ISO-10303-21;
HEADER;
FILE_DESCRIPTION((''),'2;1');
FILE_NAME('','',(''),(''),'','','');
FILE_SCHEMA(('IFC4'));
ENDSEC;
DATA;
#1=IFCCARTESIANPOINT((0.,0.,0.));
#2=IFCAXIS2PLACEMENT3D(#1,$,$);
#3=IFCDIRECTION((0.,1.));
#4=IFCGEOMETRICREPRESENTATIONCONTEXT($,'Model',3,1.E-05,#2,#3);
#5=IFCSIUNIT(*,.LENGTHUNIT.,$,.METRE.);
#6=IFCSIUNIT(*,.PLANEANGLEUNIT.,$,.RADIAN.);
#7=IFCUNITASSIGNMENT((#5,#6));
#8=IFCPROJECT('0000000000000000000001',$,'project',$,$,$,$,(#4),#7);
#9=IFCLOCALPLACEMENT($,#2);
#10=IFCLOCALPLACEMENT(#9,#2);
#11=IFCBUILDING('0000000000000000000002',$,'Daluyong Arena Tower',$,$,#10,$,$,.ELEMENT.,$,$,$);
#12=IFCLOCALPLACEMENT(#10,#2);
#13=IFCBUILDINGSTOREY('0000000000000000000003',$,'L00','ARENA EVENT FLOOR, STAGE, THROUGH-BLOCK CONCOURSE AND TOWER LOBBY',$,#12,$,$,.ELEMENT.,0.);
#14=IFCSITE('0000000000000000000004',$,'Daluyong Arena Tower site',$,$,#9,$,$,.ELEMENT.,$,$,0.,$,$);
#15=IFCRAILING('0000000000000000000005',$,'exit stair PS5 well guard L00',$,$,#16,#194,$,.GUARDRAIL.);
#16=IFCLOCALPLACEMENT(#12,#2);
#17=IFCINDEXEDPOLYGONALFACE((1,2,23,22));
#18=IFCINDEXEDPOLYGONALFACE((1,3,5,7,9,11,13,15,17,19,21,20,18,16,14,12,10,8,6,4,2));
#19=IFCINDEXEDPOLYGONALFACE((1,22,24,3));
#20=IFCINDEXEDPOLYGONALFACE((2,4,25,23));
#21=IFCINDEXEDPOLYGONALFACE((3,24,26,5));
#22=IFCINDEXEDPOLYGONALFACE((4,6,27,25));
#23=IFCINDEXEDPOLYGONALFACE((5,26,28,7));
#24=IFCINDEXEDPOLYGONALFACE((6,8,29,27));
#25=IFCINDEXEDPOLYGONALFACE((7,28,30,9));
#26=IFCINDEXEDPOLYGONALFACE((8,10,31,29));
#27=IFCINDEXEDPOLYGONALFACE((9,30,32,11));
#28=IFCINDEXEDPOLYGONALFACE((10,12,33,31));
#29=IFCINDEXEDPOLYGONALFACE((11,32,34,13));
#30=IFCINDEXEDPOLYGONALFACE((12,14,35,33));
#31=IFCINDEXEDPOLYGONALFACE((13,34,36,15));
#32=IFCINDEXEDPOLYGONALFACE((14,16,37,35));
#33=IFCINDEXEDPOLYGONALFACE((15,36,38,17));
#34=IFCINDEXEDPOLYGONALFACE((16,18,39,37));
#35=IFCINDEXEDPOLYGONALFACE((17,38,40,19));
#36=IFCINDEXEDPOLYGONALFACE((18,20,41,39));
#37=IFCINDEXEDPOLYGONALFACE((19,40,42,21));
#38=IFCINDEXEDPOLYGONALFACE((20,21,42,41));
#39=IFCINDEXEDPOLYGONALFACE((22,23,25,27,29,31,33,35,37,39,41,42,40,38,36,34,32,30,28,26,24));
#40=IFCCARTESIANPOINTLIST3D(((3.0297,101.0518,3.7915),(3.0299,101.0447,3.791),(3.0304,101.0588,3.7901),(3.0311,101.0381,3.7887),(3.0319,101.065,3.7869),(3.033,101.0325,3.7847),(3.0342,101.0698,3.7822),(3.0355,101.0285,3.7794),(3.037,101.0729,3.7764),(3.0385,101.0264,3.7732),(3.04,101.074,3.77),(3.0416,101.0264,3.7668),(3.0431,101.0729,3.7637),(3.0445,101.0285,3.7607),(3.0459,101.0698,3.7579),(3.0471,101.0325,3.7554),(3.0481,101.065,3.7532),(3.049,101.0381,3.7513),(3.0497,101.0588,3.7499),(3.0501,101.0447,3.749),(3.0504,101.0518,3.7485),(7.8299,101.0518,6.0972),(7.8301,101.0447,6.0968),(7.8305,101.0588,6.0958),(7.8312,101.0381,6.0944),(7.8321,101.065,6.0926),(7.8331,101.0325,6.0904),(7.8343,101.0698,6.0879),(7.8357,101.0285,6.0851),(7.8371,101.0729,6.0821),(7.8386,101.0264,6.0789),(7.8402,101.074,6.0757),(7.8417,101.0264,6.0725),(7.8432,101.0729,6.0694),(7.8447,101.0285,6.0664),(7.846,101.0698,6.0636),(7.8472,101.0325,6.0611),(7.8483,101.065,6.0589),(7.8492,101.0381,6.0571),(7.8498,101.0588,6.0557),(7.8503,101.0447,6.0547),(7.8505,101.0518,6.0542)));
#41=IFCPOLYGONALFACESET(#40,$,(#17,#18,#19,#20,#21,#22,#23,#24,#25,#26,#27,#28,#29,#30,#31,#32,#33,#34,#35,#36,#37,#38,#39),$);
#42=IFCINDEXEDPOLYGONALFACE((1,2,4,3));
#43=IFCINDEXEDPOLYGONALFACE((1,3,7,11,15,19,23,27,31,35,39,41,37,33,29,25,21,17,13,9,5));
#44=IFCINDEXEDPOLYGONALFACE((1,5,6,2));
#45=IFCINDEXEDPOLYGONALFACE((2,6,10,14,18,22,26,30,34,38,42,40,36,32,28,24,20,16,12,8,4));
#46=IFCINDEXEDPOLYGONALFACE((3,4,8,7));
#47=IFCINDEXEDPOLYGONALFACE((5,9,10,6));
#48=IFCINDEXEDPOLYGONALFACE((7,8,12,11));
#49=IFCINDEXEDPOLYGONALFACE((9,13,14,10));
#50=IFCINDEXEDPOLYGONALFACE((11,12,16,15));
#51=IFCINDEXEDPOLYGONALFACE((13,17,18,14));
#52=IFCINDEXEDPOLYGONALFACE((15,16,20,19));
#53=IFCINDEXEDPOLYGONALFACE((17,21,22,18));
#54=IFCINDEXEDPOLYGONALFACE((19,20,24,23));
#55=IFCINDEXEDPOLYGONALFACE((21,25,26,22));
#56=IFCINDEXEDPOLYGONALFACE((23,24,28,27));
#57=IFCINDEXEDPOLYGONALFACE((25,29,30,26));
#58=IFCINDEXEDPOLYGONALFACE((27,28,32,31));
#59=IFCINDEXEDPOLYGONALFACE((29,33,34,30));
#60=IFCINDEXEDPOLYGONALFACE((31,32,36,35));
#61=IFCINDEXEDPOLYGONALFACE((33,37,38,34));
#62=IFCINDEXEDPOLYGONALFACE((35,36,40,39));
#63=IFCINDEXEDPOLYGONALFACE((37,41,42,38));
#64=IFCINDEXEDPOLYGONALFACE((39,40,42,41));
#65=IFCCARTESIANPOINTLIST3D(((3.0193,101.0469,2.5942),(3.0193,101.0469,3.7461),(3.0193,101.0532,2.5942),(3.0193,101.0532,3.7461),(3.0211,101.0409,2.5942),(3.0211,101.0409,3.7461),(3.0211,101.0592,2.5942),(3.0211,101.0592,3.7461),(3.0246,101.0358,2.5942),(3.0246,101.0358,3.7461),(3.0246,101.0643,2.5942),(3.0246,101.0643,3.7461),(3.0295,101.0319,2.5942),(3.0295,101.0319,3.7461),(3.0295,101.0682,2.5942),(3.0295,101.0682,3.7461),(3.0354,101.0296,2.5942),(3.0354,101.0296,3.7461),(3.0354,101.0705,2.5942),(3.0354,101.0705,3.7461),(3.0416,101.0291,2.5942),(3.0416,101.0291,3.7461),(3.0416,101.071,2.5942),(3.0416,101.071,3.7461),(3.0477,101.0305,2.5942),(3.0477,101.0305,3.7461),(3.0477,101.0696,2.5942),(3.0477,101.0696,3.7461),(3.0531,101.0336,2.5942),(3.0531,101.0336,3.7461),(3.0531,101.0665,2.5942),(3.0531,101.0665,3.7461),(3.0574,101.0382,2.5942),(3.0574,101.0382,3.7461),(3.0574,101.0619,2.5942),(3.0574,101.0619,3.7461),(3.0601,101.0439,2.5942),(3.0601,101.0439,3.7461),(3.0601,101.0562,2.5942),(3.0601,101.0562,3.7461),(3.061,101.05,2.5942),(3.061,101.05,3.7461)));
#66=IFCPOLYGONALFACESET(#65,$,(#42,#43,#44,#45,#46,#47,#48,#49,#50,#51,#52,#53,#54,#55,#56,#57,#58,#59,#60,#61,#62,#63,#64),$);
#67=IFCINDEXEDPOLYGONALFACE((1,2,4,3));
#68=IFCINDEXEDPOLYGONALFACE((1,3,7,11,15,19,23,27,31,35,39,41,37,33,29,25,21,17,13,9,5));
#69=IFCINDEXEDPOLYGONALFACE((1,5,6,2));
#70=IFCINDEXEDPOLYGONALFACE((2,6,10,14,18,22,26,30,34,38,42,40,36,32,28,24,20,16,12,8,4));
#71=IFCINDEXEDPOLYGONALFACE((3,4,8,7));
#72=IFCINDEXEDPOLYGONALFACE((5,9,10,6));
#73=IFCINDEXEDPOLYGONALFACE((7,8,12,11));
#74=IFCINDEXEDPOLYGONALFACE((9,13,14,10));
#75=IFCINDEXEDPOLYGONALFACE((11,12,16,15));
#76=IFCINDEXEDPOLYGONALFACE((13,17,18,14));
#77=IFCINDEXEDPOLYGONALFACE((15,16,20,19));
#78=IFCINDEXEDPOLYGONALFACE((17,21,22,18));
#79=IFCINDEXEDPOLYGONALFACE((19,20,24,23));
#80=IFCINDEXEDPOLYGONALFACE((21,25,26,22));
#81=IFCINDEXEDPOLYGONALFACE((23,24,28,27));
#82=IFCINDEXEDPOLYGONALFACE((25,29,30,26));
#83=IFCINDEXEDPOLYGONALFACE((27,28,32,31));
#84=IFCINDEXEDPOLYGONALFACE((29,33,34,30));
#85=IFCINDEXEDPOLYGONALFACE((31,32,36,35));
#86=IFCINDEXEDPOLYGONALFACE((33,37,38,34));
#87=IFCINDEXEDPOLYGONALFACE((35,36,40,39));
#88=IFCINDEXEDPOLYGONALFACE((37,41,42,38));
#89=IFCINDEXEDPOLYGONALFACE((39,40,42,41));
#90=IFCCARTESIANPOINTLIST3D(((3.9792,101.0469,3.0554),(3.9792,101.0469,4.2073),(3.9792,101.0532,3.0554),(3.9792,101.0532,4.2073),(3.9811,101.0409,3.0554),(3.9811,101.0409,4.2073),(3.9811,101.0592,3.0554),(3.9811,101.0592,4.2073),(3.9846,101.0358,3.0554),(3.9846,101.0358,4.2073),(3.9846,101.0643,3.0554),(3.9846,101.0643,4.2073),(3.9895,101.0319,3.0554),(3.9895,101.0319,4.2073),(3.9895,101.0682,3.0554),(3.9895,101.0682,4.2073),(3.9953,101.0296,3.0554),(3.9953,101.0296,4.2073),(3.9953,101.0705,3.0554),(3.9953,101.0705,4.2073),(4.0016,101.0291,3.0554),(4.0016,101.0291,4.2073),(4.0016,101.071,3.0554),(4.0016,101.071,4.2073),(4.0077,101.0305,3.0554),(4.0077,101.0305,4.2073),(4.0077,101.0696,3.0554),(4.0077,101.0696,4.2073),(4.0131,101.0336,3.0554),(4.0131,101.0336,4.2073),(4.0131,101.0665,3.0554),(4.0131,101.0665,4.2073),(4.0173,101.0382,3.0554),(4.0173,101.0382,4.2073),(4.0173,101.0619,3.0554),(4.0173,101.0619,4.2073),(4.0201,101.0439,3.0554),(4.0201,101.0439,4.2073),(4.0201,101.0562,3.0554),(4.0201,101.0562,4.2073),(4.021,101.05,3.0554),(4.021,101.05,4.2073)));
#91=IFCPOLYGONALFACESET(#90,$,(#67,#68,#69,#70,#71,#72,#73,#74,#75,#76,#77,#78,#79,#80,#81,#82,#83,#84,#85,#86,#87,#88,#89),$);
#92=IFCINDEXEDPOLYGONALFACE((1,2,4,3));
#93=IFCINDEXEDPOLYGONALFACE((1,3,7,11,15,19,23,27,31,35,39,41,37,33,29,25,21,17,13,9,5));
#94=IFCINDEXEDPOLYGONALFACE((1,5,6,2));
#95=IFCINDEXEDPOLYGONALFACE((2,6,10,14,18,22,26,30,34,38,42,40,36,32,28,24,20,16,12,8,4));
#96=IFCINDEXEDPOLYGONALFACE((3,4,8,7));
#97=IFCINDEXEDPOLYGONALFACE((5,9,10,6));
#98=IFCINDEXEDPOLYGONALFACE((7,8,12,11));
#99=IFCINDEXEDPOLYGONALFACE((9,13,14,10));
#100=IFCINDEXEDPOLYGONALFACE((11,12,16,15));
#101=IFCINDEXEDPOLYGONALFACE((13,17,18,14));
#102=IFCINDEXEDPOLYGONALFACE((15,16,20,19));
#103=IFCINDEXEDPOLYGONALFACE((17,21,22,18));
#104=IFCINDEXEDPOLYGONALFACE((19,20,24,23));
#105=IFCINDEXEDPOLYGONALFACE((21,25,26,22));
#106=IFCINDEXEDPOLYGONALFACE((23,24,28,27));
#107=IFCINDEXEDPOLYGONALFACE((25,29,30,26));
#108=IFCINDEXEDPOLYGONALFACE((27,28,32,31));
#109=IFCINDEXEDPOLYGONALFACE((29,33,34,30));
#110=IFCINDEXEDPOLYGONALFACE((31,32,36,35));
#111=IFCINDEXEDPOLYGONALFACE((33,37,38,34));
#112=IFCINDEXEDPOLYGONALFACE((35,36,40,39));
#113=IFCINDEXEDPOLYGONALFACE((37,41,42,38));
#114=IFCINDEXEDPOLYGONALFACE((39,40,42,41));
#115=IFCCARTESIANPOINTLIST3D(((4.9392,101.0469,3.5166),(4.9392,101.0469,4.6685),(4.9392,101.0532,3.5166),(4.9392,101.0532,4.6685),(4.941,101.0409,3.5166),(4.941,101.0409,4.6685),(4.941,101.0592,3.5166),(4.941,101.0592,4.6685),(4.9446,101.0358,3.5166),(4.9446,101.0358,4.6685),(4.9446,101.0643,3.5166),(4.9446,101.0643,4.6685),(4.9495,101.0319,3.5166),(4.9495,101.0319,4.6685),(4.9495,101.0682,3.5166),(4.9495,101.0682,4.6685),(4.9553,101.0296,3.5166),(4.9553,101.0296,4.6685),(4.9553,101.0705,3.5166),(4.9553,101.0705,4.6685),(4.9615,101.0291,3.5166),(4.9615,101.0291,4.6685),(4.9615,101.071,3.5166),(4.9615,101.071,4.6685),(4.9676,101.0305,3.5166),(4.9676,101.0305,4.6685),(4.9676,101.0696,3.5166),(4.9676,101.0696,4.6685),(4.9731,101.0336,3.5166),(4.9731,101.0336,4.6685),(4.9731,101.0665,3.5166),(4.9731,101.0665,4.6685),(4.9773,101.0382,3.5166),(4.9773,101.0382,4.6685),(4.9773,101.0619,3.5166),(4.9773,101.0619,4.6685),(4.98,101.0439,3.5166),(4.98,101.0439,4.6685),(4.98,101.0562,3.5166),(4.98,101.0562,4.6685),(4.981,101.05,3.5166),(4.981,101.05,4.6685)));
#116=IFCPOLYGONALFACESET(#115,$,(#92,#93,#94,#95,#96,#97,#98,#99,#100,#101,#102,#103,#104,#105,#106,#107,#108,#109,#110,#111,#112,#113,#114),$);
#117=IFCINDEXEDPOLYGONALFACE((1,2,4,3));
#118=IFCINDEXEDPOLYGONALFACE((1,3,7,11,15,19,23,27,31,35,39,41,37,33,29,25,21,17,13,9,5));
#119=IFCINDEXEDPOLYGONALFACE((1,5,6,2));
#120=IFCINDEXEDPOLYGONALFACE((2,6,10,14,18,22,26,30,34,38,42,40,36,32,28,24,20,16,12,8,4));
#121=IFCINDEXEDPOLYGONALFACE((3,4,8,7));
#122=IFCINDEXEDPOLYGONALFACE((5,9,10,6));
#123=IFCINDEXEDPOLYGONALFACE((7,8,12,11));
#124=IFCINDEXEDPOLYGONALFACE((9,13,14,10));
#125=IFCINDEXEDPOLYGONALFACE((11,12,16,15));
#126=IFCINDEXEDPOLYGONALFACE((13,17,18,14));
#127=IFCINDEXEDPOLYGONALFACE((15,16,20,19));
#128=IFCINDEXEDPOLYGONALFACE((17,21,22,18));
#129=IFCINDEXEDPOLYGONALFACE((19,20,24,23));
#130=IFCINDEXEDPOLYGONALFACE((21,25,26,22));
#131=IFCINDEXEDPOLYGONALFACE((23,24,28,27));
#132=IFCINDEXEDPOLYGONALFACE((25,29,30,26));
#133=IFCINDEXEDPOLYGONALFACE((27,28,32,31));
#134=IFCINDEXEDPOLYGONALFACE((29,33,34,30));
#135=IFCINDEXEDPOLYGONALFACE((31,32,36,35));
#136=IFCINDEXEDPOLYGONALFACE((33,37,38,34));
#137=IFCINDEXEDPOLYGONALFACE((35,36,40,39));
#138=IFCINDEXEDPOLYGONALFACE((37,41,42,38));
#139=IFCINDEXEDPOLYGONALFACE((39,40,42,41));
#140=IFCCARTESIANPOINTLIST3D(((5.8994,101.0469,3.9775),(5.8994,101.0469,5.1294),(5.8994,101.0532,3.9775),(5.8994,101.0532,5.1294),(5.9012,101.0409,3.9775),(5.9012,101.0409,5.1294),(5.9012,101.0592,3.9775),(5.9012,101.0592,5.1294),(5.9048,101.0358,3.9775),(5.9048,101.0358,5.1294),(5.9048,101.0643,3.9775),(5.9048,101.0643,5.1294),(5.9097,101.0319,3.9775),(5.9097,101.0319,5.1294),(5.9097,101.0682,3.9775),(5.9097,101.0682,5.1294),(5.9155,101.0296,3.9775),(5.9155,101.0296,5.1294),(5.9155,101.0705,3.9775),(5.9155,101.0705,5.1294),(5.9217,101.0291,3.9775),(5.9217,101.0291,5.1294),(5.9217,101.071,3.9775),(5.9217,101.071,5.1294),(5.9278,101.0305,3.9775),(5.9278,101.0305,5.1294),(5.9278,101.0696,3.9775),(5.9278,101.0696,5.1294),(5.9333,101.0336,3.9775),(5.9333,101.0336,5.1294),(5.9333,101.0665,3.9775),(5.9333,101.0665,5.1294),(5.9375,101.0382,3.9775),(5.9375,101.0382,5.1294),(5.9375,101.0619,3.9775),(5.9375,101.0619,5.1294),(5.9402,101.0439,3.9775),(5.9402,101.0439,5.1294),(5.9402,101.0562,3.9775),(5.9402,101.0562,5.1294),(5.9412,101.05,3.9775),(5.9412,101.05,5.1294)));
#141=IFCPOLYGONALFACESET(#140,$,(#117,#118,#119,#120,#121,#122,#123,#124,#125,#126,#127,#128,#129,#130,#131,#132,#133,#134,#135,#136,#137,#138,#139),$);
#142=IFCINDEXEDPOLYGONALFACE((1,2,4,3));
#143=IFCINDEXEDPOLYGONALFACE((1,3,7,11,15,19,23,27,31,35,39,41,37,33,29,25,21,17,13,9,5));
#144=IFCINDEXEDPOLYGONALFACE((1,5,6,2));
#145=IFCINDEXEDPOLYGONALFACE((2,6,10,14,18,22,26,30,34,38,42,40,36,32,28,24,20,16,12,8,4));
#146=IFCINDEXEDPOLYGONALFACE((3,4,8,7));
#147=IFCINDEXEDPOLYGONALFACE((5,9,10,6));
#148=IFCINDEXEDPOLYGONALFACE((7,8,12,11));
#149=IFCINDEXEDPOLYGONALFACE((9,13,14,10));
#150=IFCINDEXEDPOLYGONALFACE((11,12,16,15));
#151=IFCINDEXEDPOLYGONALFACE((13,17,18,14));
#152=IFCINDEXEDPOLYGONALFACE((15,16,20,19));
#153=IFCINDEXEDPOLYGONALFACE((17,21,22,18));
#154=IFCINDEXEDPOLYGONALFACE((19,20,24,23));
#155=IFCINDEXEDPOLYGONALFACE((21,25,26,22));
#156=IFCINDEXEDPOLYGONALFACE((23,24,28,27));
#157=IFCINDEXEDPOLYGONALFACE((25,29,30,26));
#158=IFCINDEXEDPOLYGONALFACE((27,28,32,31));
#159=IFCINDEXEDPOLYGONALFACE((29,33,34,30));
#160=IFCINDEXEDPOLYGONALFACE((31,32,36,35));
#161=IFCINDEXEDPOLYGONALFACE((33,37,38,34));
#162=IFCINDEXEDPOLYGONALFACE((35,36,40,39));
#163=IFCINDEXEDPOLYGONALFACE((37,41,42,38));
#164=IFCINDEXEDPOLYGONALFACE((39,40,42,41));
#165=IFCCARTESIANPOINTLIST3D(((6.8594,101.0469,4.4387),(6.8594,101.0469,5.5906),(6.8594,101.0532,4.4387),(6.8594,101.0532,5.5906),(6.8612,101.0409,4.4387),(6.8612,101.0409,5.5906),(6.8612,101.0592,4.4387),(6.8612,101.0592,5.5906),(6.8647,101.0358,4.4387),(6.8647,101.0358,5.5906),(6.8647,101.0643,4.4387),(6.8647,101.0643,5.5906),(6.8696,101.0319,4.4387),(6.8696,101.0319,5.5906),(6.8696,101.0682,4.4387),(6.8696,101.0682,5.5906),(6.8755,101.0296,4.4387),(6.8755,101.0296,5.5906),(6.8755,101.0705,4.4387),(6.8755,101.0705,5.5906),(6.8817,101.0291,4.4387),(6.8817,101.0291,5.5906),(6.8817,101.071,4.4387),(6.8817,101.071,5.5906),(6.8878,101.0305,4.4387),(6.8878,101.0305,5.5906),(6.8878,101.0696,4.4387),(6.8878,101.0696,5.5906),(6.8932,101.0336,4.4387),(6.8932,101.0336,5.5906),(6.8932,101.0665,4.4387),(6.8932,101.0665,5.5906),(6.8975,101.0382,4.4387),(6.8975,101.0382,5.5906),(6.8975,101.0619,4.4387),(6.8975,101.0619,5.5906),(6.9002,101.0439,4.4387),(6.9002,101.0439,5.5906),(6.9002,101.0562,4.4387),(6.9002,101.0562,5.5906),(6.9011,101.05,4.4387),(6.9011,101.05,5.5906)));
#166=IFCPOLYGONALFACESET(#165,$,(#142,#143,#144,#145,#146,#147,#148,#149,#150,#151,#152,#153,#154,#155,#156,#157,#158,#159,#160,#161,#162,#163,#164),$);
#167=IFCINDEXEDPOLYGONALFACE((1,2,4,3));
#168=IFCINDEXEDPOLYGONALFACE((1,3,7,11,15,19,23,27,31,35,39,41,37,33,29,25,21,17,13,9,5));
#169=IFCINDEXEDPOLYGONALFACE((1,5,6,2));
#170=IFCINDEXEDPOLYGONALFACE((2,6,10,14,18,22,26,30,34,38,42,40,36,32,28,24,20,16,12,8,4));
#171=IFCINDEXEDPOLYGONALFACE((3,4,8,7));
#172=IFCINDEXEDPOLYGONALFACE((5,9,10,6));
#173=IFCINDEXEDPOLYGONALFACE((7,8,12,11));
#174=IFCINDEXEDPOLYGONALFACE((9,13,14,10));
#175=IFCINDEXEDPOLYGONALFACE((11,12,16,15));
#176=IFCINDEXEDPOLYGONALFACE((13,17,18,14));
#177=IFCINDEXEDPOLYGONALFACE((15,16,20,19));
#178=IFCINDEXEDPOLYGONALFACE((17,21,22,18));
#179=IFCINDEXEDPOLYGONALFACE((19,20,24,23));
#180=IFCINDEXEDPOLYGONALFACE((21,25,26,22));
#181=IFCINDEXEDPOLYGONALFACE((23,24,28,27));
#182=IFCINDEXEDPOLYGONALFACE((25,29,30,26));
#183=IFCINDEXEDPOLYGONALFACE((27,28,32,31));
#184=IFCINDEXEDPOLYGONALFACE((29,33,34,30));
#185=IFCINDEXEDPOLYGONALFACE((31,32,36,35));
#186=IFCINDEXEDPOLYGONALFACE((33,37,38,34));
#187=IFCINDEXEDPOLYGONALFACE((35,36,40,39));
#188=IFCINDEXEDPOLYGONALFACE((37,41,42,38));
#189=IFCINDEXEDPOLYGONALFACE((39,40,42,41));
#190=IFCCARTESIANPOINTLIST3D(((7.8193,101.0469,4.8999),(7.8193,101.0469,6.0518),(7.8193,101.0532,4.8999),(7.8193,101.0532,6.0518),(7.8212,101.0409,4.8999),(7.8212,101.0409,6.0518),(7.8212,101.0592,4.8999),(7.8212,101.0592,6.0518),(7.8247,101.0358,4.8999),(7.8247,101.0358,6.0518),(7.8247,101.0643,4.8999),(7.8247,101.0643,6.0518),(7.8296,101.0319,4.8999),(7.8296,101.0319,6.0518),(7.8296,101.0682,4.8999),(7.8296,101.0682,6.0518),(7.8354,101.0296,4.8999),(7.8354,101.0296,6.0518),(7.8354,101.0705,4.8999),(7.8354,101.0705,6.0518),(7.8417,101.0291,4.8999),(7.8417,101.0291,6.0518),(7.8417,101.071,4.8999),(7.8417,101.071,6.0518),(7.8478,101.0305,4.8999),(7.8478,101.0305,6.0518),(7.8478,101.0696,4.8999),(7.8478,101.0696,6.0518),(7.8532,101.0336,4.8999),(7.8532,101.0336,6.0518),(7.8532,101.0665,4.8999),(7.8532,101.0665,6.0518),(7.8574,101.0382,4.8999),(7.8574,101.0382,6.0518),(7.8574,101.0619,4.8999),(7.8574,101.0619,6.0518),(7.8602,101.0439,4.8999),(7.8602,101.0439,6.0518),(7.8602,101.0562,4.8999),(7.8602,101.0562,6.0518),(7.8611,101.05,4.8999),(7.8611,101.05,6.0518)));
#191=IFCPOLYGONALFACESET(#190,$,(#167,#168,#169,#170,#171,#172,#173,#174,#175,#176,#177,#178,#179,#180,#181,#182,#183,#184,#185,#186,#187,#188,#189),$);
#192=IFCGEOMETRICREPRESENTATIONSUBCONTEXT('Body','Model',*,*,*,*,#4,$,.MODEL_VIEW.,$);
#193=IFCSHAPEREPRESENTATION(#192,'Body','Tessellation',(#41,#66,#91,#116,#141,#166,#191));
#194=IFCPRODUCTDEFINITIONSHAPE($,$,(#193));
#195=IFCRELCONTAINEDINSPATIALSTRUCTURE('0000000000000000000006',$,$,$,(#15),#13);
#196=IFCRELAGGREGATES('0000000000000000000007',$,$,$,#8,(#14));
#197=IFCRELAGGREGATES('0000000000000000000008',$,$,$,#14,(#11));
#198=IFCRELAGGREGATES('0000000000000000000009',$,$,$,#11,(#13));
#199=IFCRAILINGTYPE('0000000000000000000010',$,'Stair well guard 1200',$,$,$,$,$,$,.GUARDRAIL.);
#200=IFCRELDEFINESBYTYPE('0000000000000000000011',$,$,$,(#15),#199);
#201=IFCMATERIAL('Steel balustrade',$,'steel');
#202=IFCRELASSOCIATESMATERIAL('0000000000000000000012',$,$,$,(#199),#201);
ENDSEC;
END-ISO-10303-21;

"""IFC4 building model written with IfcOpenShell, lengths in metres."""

from ifc_helpers import new_model, si_unit, direction, frame, origin, origin_2d, place, context, subcontext, project, spatial, circle, extrude, material, type_object, element, save


model = new_model("IFC4")

# Units and contexts
model_context = context("Model", 3, precision=1e-05, world=origin(), true_north=direction((0.0, 1.0)))
body_context = subcontext(model_context, "Body", "Model", "MODEL_VIEW")
ifc_project = project(units=[si_unit("LENGTHUNIT", "METRE"), si_unit("PLANEANGLEUNIT", "RADIAN")], contexts=[model_context])

# Site, building, storey
site_placement = place(None, origin())
site = spatial("IfcSite", under=ifc_project, at=site_placement, Name="Daluyong Arena Tower site", CompositionType="ELEMENT", RefElevation=0.0)
building_placement = place(site_placement, origin())
building = spatial("IfcBuilding", under=site, at=building_placement, Name="Daluyong Arena Tower", CompositionType="ELEMENT")
storey_placement = place(building_placement, origin())
storey = spatial("IfcBuildingStorey", under=building, at=storey_placement, Name="L00", Description="ARENA EVENT FLOOR, STAGE, THROUGH-BLOCK CONCOURSE AND TOWER LOBBY", CompositionType="ELEMENT", Elevation=0.0)

# Railing
ifc_material_1 = material(Name="Steel balustrade", Category="steel")
railing_type_1 = type_object("IfcRailingType", Name="Stair well guard 1200", PredefinedType="GUARDRAIL", material=ifc_material_1)
railing_1_placement = place(storey_placement, frame((3.04, 101.05, 2.5942)))
element("IfcRailing", 1, at=railing_1_placement, inside=storey, type_object=railing_type_1, Name="exit stair PS5 well guard L00", PredefinedType="GUARDRAIL", context=body_context, shape_type="SweptSolid", body=[
    extrude(circle(Radius=0.0239, at=origin_2d()), frame((0.0, 0.0, 1.1758), z_axis=(0.901403, 0.0, 0.432981), x_axis=(0.0, 1.0, 0.0)), (0.0, 0.0, 1.0), 5.3252),
    extrude(circle(Radius=0.021, at=origin_2d()), origin(), (0.0, 0.0, 1.0), 1.1519),
    extrude(circle(Radius=0.021, at=origin_2d()), frame((0.96, 0.0, 0.4612)), (0.0, 0.0, 1.0), 1.1519),
    extrude(circle(Radius=0.021, at=origin_2d()), frame((1.9199, 0.0, 0.9224)), (0.0, 0.0, 1.0), 1.1519),
    extrude(circle(Radius=0.021, at=origin_2d()), frame((2.8801, 0.0, 1.3833)), (0.0, 0.0, 1.0), 1.1519),
    extrude(circle(Radius=0.021, at=origin_2d()), frame((3.8401, 0.0, 1.8445)), (0.0, 0.0, 1.0), 1.1519),
    extrude(circle(Radius=0.021, at=origin_2d()), frame((4.8, 0.0, 2.3057)), (0.0, 0.0, 1.0), 1.1519),
])

save(model, "model.ifc")
